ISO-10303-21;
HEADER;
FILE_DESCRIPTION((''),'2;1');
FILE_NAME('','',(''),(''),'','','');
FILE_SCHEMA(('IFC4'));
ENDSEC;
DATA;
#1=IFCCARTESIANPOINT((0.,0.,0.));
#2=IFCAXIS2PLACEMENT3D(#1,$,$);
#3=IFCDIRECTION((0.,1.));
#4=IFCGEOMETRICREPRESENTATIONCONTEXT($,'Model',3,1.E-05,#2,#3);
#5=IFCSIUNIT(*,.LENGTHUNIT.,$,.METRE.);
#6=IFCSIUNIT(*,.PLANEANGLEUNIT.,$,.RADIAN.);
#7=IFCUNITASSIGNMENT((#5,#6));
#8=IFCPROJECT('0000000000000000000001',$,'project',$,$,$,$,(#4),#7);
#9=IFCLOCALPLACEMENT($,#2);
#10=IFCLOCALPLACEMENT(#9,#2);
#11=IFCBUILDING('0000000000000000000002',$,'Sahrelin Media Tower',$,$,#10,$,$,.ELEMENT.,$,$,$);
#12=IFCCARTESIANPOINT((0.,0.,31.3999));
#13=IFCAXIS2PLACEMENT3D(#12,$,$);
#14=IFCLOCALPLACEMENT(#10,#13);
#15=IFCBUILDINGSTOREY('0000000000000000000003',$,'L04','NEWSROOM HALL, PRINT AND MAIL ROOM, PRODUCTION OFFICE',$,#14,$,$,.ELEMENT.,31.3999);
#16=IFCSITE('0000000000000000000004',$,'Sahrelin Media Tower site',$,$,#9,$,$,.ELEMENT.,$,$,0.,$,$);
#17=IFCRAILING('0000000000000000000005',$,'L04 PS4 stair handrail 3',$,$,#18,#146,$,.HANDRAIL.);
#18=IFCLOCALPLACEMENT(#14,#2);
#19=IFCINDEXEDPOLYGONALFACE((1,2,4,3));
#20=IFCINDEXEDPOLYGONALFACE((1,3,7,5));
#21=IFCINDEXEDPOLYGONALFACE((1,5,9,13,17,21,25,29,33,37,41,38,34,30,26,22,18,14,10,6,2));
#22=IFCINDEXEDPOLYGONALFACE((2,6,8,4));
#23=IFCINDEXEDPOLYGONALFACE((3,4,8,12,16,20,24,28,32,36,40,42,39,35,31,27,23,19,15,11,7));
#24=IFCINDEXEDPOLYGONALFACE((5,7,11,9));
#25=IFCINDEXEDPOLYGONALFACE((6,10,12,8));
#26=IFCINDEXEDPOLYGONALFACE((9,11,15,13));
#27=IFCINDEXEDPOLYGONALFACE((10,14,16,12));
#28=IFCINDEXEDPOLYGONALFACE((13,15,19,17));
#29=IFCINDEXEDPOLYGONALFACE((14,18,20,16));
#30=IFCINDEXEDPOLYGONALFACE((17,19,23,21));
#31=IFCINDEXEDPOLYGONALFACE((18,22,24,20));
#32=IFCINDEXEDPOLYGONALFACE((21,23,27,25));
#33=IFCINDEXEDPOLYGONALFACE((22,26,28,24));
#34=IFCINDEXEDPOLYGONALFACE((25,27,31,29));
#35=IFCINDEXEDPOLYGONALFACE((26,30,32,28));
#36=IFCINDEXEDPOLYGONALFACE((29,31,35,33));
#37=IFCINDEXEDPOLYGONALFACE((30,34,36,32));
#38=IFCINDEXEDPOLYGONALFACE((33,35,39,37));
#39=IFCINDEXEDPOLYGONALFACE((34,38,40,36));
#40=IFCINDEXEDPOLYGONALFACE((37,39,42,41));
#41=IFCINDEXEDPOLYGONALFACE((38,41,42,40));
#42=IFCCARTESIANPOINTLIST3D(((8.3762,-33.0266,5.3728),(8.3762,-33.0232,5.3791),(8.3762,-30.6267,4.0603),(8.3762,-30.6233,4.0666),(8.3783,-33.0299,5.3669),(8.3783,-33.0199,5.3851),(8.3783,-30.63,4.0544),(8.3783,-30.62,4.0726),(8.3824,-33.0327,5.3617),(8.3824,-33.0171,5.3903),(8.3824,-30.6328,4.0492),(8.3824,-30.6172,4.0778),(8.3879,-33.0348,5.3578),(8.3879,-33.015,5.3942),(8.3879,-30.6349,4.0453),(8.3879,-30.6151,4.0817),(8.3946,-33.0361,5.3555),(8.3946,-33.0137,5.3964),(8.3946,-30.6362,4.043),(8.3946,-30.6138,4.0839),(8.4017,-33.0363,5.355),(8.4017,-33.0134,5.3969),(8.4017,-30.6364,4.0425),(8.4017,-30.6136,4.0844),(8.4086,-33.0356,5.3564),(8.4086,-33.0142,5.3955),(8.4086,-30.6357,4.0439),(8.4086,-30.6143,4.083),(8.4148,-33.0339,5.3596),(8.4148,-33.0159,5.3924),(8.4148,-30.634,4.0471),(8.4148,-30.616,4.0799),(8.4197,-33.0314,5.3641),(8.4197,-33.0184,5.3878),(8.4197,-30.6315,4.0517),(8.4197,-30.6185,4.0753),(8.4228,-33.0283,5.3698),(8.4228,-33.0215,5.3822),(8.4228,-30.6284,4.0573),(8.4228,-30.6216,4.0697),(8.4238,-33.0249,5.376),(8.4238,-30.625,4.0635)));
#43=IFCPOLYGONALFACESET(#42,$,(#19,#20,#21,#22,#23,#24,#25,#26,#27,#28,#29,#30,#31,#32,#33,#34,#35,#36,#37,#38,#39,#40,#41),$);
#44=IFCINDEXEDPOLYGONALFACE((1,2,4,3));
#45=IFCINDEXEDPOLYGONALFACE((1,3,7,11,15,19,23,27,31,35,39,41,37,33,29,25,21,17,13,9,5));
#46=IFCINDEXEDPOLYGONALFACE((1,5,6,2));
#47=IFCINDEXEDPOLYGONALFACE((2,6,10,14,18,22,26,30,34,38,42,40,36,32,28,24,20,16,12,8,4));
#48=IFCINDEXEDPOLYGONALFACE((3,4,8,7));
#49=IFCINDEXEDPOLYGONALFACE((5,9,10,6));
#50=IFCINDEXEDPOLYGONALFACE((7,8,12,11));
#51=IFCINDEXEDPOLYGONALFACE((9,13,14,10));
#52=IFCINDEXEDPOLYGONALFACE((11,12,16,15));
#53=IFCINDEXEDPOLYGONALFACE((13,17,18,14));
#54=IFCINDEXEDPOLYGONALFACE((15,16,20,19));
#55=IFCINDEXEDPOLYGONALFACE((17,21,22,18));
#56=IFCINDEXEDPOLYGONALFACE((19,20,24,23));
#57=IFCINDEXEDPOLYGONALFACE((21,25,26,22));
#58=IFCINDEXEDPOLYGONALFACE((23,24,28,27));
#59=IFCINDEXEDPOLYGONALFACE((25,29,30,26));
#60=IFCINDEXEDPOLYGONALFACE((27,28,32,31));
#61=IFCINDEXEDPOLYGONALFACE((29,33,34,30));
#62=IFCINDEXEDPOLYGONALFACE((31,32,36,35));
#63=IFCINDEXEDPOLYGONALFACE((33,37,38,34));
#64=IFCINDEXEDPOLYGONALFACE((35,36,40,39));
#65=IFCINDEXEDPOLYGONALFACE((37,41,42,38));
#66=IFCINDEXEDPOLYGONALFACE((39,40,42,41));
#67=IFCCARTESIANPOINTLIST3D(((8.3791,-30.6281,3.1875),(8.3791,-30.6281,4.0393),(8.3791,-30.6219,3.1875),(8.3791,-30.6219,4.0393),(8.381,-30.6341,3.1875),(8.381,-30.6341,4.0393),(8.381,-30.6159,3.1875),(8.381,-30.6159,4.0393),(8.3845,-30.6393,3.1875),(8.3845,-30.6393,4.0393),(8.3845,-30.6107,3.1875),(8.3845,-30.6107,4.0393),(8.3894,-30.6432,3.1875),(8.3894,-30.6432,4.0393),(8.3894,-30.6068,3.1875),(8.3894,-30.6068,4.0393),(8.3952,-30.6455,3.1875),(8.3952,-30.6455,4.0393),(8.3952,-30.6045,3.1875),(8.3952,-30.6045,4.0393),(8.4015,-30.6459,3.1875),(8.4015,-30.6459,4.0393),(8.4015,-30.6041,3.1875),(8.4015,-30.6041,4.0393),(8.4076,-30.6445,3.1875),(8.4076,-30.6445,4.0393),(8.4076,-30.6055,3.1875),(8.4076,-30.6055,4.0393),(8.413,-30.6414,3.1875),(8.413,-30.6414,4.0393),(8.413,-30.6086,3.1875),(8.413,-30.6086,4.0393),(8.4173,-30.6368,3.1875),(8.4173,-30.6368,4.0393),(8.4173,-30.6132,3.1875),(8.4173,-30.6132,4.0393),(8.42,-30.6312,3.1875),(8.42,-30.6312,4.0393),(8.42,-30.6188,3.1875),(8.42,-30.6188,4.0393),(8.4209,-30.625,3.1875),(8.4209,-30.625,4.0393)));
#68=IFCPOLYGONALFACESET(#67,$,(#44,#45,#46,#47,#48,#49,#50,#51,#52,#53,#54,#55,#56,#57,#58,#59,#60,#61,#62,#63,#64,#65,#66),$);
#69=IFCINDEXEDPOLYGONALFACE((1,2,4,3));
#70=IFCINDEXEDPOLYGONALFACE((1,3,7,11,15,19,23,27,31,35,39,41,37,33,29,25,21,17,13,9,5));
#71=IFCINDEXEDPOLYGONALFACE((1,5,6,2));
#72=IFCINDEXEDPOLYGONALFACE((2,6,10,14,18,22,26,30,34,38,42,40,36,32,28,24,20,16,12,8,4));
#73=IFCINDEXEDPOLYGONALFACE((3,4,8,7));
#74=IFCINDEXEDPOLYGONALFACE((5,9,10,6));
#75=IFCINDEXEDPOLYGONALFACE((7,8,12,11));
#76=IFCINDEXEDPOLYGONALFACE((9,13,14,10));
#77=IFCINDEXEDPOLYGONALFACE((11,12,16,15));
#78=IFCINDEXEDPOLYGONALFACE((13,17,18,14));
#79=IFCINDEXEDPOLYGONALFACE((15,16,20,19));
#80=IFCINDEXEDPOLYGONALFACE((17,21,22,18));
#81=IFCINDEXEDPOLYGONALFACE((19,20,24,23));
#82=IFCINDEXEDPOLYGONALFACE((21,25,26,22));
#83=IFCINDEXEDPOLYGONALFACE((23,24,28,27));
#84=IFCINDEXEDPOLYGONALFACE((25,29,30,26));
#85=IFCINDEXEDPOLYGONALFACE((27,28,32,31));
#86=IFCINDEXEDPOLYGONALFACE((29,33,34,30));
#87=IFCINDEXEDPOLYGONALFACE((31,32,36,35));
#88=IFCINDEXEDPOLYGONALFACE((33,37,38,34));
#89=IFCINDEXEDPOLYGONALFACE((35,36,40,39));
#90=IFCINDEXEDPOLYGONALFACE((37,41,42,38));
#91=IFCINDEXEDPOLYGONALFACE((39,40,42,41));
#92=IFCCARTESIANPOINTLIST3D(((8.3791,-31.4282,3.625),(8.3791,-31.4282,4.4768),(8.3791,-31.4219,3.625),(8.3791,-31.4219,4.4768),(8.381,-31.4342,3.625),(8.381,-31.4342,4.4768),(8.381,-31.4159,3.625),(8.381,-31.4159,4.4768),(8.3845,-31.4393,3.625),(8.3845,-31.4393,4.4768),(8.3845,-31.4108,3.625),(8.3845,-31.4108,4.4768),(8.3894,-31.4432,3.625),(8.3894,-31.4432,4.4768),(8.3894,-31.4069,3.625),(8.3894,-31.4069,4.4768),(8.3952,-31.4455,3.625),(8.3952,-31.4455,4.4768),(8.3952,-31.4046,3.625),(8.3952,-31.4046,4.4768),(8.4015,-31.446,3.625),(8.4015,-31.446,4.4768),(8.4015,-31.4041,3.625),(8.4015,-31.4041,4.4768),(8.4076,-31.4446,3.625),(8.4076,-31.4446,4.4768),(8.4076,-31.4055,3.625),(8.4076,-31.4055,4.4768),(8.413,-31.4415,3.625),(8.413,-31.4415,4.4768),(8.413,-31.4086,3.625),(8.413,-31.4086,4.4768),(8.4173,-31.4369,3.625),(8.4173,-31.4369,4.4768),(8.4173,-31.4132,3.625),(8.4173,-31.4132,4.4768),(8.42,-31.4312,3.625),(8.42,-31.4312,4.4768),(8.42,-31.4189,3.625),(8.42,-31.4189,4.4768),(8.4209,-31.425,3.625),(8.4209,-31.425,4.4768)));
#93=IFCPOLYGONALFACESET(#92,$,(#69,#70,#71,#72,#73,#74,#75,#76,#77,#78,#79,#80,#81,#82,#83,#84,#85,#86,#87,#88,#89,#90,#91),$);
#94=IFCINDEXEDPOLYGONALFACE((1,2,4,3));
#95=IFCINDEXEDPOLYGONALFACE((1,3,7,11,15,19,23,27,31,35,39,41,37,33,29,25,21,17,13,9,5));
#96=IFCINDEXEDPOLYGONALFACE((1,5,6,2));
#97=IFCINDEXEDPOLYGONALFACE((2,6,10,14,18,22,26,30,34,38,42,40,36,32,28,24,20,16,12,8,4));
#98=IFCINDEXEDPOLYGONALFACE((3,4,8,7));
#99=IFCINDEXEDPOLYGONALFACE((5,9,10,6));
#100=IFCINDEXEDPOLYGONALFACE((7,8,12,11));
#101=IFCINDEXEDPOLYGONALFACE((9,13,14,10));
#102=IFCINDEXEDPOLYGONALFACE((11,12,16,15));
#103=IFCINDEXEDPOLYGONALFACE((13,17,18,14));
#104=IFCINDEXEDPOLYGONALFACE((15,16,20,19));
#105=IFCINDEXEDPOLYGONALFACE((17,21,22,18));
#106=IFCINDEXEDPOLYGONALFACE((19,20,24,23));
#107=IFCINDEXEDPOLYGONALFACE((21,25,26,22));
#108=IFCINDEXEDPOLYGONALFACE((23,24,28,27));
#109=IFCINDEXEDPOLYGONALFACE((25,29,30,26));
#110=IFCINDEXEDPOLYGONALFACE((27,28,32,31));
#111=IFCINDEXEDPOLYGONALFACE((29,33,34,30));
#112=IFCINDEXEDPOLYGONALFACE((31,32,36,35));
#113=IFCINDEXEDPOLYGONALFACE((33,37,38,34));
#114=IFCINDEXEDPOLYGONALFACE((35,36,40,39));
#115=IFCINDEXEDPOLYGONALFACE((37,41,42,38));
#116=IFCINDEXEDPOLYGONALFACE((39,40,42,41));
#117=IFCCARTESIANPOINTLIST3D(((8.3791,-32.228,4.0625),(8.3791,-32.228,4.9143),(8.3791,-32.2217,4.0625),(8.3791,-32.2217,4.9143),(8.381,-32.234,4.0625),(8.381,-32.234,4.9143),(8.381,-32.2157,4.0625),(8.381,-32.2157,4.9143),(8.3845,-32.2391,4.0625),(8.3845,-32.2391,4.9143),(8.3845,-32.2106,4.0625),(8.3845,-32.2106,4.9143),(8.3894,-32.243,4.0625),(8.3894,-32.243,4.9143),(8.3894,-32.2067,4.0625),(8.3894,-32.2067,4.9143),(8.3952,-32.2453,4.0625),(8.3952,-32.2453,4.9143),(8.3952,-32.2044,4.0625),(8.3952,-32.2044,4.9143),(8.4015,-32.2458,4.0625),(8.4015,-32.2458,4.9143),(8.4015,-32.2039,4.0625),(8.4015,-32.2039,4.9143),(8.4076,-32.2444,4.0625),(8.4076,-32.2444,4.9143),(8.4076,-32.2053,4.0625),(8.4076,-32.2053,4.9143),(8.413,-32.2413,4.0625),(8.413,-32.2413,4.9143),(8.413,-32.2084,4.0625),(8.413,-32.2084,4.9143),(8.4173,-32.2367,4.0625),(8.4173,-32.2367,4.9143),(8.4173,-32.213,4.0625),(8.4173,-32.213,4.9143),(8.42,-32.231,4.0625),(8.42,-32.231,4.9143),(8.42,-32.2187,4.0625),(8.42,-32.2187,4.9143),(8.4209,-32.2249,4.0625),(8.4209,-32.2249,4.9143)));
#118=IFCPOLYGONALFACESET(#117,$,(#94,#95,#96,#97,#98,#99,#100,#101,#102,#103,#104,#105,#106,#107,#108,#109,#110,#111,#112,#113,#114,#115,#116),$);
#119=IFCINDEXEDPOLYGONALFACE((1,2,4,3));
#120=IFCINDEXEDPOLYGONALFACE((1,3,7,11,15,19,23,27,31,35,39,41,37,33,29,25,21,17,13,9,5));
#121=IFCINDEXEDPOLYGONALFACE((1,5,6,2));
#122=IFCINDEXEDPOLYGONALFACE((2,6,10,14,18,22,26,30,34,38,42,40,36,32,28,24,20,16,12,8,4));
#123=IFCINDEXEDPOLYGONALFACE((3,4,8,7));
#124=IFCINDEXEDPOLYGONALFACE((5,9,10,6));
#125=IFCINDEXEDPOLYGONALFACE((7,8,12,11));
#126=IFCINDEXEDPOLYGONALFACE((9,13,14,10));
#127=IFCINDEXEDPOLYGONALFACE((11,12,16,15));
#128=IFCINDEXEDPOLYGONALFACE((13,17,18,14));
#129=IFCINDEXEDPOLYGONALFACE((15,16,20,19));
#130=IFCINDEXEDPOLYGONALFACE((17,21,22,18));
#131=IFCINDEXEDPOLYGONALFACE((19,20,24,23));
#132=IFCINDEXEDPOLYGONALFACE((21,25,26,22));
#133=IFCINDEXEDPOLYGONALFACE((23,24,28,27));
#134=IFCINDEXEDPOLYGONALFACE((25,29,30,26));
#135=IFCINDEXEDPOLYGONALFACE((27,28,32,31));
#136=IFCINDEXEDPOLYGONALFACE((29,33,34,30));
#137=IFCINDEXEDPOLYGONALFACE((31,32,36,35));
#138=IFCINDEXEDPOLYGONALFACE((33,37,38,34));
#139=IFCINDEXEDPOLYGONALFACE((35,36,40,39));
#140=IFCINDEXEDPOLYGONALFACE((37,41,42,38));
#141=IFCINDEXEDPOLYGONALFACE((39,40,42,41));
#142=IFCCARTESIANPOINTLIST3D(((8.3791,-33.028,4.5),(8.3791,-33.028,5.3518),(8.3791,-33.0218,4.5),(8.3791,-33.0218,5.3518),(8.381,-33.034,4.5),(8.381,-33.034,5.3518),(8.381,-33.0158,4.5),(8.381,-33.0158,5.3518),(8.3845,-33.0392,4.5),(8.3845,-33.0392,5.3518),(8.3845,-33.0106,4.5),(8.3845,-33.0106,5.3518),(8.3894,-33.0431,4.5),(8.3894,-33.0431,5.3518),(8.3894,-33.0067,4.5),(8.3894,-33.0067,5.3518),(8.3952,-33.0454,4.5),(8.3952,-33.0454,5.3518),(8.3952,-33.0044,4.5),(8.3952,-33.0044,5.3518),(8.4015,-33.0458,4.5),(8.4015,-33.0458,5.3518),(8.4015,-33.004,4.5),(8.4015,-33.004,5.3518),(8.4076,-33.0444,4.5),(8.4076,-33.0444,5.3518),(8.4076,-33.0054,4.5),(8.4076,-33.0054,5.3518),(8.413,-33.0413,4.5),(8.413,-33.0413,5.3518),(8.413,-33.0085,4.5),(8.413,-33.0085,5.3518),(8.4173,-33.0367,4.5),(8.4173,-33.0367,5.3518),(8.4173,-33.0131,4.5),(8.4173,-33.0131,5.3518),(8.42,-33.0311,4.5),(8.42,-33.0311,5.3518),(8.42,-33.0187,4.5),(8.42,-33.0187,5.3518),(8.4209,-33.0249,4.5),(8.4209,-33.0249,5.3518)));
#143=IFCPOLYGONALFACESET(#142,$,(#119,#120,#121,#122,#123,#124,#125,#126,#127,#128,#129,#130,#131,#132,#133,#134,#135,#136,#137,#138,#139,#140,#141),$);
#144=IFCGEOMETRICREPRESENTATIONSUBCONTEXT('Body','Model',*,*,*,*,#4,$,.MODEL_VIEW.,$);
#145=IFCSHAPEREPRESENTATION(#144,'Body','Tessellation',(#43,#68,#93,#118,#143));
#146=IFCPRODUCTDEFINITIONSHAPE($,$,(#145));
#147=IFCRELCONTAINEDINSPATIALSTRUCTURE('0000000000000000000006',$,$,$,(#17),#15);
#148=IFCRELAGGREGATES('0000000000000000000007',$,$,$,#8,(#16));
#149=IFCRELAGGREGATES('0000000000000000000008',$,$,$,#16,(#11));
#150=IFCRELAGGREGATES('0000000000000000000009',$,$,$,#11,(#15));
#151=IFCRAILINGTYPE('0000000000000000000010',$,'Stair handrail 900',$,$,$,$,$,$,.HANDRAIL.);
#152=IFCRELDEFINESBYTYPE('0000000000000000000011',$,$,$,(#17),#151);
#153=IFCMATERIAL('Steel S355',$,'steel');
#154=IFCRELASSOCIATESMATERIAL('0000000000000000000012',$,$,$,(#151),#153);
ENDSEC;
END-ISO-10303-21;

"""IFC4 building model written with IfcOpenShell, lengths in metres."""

from ifc_helpers import new_model, si_unit, direction, frame, origin, origin_2d, place, context, subcontext, project, spatial, circle, extrude, material, type_object, element, save


model = new_model("IFC4")

# Units and contexts
model_context = context("Model", 3, precision=1e-05, world=origin(), true_north=direction((0.0, 1.0)))
body_context = subcontext(model_context, "Body", "Model", "MODEL_VIEW")
ifc_project = project(units=[si_unit("LENGTHUNIT", "METRE"), si_unit("PLANEANGLEUNIT", "RADIAN")], contexts=[model_context])

# Site, building, storey
site_placement = place(None, origin())
site = spatial("IfcSite", under=ifc_project, at=site_placement, Name="Sahrelin Media Tower site", CompositionType="ELEMENT", RefElevation=0.0)
building_placement = place(site_placement, origin())
building = spatial("IfcBuilding", under=site, at=building_placement, Name="Sahrelin Media Tower", CompositionType="ELEMENT")
storey_placement = place(building_placement, frame((0.0, 0.0, 31.3999)))
storey = spatial("IfcBuildingStorey", under=building, at=storey_placement, Name="L04", Description="NEWSROOM HALL, PRINT AND MAIL ROOM, PRODUCTION OFFICE", CompositionType="ELEMENT", Elevation=31.3999)

# Shared definitions
ifc_material_1 = material(Name="Steel S355", Category="steel")

# Railing
railing_type_1 = type_object("IfcRailingType", Name="Stair handrail 900", PredefinedType="HANDRAIL", material=ifc_material_1)
railing_1_placement = place(storey_placement, frame((8.3999, -30.625, 3.1875)))
element("IfcRailing", 1, at=railing_1_placement, inside=storey, type_object=railing_type_1, Name="L04 PS4 stair handrail 3", PredefinedType="HANDRAIL", context=body_context, shape_type="SweptSolid", body=[
    extrude(circle(Radius=0.0239, at=origin_2d()), frame((0.0, 0.0, 0.876), z_axis=(0.0, -0.877363, 0.479827), x_axis=(1.0, 0.0, 0.0)), (0.0, 0.0, 1.0), 2.7354),
    extrude(circle(Radius=0.021, at=origin_2d()), origin(), (0.0, 0.0, 1.0), 0.8518),
    extrude(circle(Radius=0.021, at=origin_2d()), frame((0.0, -0.8, 0.4375)), (0.0, 0.0, 1.0), 0.8518),
    extrude(circle(Radius=0.021, at=origin_2d()), frame((0.0, -1.5999, 0.875)), (0.0, 0.0, 1.0), 0.8518),
    extrude(circle(Radius=0.021, at=origin_2d()), frame((0.0, -2.3999, 1.3125)), (0.0, 0.0, 1.0), 0.8518),
])

save(model, "model.ifc")
